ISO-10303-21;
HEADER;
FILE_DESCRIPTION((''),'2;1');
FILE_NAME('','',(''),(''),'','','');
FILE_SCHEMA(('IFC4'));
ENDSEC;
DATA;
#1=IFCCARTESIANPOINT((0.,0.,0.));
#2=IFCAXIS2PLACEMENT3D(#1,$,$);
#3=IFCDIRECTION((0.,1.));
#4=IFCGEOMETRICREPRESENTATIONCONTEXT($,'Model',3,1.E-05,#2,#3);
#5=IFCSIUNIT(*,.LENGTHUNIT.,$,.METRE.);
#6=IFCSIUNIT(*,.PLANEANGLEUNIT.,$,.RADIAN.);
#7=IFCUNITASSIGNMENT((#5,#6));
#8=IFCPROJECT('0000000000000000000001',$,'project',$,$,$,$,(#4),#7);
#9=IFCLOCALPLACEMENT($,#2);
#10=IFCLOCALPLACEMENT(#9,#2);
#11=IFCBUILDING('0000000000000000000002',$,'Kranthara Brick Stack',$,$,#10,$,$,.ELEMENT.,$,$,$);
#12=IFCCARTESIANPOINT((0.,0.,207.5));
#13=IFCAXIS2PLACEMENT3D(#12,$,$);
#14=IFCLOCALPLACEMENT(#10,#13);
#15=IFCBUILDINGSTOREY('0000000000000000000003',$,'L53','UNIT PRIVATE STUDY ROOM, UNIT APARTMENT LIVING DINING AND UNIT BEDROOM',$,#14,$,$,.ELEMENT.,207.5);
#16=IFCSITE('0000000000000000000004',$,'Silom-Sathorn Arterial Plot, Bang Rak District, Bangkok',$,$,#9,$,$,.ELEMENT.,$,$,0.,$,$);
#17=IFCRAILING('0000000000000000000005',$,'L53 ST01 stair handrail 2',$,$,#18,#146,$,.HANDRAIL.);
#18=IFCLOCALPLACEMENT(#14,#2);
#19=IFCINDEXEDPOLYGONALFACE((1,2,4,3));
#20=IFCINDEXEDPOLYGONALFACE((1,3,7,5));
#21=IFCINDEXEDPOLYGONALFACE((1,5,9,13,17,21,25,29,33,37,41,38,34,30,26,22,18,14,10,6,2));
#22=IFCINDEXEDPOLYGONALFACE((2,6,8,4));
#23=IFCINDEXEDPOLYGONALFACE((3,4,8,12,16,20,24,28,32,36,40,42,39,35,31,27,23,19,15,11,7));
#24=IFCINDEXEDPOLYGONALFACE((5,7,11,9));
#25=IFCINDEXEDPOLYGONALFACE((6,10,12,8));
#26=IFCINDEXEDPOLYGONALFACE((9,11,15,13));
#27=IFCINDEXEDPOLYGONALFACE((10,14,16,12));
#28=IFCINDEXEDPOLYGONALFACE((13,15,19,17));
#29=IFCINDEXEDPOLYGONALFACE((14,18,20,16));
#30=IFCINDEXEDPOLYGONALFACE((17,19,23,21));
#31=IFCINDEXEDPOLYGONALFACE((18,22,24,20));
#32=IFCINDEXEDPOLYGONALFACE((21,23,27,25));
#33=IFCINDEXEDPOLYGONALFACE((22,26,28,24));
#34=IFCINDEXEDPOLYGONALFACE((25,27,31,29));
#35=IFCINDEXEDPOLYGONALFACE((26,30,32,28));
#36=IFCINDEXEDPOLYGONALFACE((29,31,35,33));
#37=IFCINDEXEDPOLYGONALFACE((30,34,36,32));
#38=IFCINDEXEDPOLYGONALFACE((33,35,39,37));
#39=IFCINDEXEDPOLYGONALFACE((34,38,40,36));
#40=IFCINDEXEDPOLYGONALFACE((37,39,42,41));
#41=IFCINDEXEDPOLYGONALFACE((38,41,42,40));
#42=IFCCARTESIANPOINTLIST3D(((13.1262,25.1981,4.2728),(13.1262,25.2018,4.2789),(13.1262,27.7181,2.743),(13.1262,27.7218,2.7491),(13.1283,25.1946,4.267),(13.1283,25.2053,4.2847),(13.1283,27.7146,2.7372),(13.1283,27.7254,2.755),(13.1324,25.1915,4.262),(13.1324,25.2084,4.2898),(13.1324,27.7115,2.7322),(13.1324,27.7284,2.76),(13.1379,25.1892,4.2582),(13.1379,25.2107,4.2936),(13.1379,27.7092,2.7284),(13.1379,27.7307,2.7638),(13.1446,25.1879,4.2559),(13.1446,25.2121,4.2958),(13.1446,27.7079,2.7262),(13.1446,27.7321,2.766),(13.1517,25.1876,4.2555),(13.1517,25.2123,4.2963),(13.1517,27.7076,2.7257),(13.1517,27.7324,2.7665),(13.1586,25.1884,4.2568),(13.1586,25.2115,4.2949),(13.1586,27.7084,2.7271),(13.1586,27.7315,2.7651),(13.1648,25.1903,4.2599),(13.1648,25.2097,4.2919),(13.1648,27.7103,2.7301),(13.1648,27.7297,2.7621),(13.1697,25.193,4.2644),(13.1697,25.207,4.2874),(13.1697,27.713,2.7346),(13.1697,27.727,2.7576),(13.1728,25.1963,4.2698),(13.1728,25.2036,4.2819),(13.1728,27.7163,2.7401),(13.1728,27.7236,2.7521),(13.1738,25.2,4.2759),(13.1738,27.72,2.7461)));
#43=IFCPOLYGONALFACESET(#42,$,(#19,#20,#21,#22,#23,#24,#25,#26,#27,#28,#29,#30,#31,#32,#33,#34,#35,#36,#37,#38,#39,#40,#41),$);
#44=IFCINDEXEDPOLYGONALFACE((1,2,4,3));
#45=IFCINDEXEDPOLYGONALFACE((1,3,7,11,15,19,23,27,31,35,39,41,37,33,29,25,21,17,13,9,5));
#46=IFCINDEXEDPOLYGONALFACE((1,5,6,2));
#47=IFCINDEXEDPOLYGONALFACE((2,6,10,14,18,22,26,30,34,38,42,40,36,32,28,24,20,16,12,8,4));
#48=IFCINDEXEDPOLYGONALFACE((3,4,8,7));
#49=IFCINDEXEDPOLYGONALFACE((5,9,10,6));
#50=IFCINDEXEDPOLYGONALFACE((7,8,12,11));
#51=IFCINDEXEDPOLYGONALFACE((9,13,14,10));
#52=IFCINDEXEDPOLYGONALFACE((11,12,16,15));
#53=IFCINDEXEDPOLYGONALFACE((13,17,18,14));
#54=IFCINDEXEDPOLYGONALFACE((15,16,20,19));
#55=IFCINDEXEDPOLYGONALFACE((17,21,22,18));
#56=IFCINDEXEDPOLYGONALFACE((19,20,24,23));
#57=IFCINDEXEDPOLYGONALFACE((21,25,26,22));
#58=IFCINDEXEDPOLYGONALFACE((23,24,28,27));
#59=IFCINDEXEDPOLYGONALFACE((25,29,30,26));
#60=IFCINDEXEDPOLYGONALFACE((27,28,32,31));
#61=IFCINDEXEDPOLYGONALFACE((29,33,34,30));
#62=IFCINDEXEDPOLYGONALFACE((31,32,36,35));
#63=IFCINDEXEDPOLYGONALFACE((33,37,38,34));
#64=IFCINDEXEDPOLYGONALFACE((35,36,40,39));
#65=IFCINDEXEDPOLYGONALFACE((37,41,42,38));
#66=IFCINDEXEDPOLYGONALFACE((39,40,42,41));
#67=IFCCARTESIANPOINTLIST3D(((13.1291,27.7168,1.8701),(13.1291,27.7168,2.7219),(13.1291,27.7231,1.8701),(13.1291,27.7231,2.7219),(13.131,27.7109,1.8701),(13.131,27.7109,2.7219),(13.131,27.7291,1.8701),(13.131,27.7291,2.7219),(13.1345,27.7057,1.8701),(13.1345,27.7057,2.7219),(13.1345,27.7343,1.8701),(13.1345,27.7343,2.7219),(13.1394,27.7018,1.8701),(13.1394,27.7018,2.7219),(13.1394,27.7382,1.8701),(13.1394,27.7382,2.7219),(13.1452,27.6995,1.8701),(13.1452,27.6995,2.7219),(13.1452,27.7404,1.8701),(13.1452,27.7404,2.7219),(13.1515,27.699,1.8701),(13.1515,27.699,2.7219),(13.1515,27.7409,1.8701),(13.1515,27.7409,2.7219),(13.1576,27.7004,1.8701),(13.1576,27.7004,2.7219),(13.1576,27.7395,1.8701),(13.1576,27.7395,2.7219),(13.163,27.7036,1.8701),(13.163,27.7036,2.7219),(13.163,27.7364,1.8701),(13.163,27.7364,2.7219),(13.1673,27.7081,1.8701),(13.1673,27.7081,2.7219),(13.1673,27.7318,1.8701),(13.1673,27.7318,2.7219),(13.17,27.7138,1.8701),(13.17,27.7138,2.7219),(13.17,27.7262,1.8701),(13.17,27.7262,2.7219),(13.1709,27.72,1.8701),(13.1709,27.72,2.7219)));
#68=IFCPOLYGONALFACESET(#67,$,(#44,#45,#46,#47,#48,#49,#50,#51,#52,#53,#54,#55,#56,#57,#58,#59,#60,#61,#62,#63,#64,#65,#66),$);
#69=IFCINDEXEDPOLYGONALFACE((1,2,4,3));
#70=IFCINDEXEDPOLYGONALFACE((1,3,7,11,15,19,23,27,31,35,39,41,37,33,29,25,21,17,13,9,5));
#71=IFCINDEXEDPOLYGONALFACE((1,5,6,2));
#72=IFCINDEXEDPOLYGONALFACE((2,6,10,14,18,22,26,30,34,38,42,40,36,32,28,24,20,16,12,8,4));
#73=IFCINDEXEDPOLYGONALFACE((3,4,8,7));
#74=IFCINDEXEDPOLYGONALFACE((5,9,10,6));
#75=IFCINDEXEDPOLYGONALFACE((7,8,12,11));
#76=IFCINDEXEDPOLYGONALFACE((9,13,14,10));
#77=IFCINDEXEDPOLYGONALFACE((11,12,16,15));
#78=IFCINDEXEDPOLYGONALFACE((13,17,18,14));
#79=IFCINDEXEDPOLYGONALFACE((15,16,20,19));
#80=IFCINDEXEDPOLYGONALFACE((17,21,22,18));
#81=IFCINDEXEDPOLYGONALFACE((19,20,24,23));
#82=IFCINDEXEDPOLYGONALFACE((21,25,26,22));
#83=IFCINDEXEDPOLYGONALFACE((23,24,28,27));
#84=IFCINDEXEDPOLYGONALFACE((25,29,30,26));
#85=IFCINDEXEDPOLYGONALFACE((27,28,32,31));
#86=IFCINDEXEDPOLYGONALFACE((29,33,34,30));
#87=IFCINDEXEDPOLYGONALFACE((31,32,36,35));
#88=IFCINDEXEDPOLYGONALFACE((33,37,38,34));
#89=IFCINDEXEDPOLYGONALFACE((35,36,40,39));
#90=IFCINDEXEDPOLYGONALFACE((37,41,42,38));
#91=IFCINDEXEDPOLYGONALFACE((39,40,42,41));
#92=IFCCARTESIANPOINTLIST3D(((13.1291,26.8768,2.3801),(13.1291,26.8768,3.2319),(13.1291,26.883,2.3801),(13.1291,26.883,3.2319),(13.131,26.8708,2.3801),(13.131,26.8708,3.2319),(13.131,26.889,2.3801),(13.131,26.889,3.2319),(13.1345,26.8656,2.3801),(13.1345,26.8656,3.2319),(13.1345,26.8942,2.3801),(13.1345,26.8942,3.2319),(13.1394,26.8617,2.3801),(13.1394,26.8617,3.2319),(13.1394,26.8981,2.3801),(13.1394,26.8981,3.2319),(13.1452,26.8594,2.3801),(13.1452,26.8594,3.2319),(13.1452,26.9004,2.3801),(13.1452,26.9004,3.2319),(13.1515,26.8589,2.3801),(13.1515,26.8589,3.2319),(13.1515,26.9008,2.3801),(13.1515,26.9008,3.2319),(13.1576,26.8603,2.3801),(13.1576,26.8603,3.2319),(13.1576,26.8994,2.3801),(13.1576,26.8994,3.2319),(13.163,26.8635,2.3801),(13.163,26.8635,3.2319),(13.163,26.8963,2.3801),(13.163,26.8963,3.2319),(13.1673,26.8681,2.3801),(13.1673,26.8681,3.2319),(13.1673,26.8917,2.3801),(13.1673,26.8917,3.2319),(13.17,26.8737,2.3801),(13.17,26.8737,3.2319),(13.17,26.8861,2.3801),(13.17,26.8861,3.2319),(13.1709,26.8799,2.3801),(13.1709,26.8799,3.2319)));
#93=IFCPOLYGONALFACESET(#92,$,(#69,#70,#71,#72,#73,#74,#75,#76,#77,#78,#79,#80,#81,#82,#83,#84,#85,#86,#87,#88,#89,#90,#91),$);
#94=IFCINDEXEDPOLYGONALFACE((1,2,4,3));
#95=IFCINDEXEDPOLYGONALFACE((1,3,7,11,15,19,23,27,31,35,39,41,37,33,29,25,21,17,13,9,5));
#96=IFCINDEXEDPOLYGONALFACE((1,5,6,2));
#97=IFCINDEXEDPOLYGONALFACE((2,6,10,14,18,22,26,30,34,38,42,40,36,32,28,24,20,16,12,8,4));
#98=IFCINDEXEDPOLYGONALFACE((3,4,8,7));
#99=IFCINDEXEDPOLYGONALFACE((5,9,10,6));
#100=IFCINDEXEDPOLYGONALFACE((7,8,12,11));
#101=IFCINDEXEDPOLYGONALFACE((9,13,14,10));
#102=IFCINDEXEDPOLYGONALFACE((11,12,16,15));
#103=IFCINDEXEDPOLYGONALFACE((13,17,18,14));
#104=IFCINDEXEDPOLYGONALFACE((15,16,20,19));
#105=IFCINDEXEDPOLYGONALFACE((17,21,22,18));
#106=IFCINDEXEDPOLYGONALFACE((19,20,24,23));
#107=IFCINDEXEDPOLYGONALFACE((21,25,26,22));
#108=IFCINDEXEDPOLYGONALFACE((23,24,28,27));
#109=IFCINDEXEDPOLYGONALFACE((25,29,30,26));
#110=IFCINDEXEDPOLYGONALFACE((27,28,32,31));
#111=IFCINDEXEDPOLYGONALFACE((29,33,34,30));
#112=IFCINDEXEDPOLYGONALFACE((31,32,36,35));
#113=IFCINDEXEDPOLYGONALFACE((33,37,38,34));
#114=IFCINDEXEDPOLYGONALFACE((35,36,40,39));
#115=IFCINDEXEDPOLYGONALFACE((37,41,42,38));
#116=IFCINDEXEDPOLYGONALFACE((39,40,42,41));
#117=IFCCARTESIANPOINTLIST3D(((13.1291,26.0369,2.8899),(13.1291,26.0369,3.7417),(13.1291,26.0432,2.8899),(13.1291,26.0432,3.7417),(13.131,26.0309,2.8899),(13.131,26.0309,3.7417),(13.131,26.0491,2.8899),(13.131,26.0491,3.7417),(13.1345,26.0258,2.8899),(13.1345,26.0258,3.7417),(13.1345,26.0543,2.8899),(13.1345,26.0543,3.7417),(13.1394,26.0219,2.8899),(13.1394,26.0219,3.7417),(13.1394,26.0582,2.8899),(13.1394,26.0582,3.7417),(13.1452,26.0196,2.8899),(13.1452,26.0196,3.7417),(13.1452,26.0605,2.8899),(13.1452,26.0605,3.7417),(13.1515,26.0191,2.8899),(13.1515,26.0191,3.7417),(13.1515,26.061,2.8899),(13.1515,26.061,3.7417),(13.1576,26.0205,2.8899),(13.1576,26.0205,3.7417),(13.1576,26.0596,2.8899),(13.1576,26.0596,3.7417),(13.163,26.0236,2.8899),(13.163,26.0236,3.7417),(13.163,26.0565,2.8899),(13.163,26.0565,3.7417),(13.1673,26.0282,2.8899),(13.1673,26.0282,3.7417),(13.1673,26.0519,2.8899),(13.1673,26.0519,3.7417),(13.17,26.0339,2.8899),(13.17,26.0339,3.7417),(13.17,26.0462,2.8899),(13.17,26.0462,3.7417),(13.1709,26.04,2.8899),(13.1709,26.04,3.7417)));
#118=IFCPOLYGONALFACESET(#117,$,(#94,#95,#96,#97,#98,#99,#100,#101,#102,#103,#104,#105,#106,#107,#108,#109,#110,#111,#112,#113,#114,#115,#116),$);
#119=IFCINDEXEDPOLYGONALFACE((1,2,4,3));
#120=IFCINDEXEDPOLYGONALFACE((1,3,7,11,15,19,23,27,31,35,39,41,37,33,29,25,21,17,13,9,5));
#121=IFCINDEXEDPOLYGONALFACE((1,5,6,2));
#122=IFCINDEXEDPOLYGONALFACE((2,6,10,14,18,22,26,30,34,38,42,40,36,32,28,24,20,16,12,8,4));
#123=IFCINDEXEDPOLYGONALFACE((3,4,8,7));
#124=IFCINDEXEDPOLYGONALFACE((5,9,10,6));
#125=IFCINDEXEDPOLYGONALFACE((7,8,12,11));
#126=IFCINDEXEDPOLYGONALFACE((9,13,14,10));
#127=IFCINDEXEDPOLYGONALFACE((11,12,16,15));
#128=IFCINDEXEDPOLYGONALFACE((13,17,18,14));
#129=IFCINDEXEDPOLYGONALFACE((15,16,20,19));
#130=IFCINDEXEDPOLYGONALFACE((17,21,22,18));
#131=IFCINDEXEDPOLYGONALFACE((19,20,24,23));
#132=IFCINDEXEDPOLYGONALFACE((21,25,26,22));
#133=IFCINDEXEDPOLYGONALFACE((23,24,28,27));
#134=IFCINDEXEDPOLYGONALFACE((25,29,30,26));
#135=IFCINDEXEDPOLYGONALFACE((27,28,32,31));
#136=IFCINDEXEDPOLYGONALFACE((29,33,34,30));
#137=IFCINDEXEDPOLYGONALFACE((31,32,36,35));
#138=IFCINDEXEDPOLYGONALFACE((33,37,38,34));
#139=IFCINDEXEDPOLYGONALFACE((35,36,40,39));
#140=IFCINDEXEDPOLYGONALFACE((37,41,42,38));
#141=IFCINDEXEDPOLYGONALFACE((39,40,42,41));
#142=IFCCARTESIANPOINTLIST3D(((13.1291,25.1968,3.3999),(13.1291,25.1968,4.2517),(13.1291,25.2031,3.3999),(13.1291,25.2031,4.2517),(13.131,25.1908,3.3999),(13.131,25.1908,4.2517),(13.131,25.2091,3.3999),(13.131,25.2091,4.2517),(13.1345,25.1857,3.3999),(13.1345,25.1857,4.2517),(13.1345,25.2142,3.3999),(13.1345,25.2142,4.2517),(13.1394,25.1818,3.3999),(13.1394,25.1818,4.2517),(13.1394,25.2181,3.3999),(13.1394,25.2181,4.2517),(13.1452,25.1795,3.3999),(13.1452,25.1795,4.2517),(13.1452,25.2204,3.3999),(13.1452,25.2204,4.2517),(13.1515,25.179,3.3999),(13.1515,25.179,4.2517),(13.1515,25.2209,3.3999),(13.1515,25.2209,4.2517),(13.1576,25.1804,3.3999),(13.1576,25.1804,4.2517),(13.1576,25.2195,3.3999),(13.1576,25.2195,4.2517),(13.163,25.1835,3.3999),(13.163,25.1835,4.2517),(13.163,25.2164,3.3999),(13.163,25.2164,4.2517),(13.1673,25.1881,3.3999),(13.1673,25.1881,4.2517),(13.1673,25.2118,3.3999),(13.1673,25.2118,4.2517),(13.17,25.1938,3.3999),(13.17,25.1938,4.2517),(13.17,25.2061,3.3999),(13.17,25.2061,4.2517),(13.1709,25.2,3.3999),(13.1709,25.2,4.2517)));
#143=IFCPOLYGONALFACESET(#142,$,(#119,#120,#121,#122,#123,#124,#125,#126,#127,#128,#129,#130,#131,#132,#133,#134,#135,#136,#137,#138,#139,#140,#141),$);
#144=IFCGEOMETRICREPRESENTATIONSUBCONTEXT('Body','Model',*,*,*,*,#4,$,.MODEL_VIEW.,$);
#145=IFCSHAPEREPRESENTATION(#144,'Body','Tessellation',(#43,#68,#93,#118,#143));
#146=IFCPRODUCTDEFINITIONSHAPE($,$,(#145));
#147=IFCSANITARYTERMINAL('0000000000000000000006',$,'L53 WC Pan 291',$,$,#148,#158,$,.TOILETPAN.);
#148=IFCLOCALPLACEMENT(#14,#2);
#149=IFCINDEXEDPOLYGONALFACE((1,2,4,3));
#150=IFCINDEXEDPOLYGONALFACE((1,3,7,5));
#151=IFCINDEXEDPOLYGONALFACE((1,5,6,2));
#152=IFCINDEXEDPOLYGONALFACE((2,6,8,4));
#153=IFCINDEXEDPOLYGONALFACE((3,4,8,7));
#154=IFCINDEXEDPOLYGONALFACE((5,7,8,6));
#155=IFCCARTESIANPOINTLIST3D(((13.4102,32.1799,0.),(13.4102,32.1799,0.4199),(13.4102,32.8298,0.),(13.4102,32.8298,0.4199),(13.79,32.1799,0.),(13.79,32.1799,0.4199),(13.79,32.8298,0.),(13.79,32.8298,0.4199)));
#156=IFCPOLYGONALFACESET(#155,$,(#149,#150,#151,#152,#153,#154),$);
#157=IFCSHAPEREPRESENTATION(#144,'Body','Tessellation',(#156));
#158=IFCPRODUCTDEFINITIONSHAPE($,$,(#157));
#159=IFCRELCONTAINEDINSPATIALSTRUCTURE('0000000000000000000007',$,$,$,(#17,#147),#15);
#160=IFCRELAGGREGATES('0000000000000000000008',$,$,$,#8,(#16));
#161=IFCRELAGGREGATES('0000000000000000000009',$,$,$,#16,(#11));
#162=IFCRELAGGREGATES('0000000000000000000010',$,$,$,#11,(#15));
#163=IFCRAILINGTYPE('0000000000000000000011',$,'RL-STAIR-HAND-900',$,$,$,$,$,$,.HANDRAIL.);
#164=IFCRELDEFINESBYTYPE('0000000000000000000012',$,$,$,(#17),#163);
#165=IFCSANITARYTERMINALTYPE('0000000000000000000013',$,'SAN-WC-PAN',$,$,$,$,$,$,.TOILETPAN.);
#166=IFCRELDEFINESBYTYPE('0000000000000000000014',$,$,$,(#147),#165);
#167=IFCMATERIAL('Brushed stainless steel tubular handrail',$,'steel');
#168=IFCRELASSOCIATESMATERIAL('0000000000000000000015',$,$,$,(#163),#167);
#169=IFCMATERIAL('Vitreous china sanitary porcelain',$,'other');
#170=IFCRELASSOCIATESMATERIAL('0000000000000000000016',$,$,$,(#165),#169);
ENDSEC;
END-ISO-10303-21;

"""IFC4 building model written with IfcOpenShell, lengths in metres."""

from ifc_helpers import new_model, si_unit, direction, frame, origin, origin_2d, place, context, subcontext, project, spatial, rectangle, circle, extrude, material, type_object, element, save


model = new_model("IFC4")

# Units and contexts
model_context = context("Model", 3, precision=1e-05, world=origin(), true_north=direction((0.0, 1.0)))
body_context = subcontext(model_context, "Body", "Model", "MODEL_VIEW")
ifc_project = project(units=[si_unit("LENGTHUNIT", "METRE"), si_unit("PLANEANGLEUNIT", "RADIAN")], contexts=[model_context])

# Site, building, storey
site_placement = place(None, origin())
site = spatial("IfcSite", under=ifc_project, at=site_placement, Name="Silom-Sathorn Arterial Plot, Bang Rak District, Bangkok", CompositionType="ELEMENT", RefElevation=0.0)
building_placement = place(site_placement, origin())
building = spatial("IfcBuilding", under=site, at=building_placement, Name="Kranthara Brick Stack", CompositionType="ELEMENT")
storey_placement = place(building_placement, frame((0.0, 0.0, 207.5)))
storey = spatial("IfcBuildingStorey", under=building, at=storey_placement, Name="L53", Description="UNIT PRIVATE STUDY ROOM, UNIT APARTMENT LIVING DINING AND UNIT BEDROOM", CompositionType="ELEMENT", Elevation=207.5)

# Railing
ifc_material_1 = material(Name="Brushed stainless steel tubular handrail", Category="steel")
railing_type_1 = type_object("IfcRailingType", Name="RL-STAIR-HAND-900", PredefinedType="HANDRAIL", material=ifc_material_1)
railing_1_placement = place(storey_placement, frame((13.1499, 27.72, 1.8701)))
element("IfcRailing", 1, at=railing_1_placement, inside=storey, type_object=railing_type_1, Name="L53 ST01 stair handrail 2", PredefinedType="HANDRAIL", context=body_context, shape_type="SweptSolid", body=[
    extrude(circle(Radius=0.0239, at=origin_2d()), frame((0.0, 0.0, 0.876), z_axis=(0.0, -0.854822, 0.518922), x_axis=(1.0, 0.0, 0.0)), (0.0, 0.0, 1.0), 2.948),
    extrude(circle(Radius=0.021, at=origin_2d()), origin(), (0.0, 0.0, 1.0), 0.8518),
    extrude(circle(Radius=0.021, at=origin_2d()), frame((0.0, -0.8401, 0.51)), (0.0, 0.0, 1.0), 0.8518),
    extrude(circle(Radius=0.021, at=origin_2d()), frame((0.0, -1.6799, 1.0198)), (0.0, 0.0, 1.0), 0.8518),
    extrude(circle(Radius=0.021, at=origin_2d()), frame((0.0, -2.52, 1.5298)), (0.0, 0.0, 1.0), 0.8518),
])

# Sanitary terminal
ifc_material_2 = material(Name="Vitreous china sanitary porcelain", Category="other")
sanitary_terminal_type = type_object("IfcSanitaryTerminalType", Name="SAN-WC-PAN", PredefinedType="TOILETPAN", material=ifc_material_2)
sanitary_terminal_placement = place(storey_placement, frame((13.6001, 32.5049, 0.0), z_axis=(0.0, 0.0, 1.0), x_axis=(1.0, 0.0, 0.0)))
element("IfcSanitaryTerminal", 2, at=sanitary_terminal_placement, inside=storey, type_object=sanitary_terminal_type, Name="L53 WC Pan 291", PredefinedType="TOILETPAN", context=body_context, shape_type="SweptSolid", body=[
    extrude(rectangle(XDim=0.3799, YDim=0.6499, at=origin_2d()), origin(), (0.0, 0.0, 1.0), 0.4199),
])

save(model, "model.ifc")
